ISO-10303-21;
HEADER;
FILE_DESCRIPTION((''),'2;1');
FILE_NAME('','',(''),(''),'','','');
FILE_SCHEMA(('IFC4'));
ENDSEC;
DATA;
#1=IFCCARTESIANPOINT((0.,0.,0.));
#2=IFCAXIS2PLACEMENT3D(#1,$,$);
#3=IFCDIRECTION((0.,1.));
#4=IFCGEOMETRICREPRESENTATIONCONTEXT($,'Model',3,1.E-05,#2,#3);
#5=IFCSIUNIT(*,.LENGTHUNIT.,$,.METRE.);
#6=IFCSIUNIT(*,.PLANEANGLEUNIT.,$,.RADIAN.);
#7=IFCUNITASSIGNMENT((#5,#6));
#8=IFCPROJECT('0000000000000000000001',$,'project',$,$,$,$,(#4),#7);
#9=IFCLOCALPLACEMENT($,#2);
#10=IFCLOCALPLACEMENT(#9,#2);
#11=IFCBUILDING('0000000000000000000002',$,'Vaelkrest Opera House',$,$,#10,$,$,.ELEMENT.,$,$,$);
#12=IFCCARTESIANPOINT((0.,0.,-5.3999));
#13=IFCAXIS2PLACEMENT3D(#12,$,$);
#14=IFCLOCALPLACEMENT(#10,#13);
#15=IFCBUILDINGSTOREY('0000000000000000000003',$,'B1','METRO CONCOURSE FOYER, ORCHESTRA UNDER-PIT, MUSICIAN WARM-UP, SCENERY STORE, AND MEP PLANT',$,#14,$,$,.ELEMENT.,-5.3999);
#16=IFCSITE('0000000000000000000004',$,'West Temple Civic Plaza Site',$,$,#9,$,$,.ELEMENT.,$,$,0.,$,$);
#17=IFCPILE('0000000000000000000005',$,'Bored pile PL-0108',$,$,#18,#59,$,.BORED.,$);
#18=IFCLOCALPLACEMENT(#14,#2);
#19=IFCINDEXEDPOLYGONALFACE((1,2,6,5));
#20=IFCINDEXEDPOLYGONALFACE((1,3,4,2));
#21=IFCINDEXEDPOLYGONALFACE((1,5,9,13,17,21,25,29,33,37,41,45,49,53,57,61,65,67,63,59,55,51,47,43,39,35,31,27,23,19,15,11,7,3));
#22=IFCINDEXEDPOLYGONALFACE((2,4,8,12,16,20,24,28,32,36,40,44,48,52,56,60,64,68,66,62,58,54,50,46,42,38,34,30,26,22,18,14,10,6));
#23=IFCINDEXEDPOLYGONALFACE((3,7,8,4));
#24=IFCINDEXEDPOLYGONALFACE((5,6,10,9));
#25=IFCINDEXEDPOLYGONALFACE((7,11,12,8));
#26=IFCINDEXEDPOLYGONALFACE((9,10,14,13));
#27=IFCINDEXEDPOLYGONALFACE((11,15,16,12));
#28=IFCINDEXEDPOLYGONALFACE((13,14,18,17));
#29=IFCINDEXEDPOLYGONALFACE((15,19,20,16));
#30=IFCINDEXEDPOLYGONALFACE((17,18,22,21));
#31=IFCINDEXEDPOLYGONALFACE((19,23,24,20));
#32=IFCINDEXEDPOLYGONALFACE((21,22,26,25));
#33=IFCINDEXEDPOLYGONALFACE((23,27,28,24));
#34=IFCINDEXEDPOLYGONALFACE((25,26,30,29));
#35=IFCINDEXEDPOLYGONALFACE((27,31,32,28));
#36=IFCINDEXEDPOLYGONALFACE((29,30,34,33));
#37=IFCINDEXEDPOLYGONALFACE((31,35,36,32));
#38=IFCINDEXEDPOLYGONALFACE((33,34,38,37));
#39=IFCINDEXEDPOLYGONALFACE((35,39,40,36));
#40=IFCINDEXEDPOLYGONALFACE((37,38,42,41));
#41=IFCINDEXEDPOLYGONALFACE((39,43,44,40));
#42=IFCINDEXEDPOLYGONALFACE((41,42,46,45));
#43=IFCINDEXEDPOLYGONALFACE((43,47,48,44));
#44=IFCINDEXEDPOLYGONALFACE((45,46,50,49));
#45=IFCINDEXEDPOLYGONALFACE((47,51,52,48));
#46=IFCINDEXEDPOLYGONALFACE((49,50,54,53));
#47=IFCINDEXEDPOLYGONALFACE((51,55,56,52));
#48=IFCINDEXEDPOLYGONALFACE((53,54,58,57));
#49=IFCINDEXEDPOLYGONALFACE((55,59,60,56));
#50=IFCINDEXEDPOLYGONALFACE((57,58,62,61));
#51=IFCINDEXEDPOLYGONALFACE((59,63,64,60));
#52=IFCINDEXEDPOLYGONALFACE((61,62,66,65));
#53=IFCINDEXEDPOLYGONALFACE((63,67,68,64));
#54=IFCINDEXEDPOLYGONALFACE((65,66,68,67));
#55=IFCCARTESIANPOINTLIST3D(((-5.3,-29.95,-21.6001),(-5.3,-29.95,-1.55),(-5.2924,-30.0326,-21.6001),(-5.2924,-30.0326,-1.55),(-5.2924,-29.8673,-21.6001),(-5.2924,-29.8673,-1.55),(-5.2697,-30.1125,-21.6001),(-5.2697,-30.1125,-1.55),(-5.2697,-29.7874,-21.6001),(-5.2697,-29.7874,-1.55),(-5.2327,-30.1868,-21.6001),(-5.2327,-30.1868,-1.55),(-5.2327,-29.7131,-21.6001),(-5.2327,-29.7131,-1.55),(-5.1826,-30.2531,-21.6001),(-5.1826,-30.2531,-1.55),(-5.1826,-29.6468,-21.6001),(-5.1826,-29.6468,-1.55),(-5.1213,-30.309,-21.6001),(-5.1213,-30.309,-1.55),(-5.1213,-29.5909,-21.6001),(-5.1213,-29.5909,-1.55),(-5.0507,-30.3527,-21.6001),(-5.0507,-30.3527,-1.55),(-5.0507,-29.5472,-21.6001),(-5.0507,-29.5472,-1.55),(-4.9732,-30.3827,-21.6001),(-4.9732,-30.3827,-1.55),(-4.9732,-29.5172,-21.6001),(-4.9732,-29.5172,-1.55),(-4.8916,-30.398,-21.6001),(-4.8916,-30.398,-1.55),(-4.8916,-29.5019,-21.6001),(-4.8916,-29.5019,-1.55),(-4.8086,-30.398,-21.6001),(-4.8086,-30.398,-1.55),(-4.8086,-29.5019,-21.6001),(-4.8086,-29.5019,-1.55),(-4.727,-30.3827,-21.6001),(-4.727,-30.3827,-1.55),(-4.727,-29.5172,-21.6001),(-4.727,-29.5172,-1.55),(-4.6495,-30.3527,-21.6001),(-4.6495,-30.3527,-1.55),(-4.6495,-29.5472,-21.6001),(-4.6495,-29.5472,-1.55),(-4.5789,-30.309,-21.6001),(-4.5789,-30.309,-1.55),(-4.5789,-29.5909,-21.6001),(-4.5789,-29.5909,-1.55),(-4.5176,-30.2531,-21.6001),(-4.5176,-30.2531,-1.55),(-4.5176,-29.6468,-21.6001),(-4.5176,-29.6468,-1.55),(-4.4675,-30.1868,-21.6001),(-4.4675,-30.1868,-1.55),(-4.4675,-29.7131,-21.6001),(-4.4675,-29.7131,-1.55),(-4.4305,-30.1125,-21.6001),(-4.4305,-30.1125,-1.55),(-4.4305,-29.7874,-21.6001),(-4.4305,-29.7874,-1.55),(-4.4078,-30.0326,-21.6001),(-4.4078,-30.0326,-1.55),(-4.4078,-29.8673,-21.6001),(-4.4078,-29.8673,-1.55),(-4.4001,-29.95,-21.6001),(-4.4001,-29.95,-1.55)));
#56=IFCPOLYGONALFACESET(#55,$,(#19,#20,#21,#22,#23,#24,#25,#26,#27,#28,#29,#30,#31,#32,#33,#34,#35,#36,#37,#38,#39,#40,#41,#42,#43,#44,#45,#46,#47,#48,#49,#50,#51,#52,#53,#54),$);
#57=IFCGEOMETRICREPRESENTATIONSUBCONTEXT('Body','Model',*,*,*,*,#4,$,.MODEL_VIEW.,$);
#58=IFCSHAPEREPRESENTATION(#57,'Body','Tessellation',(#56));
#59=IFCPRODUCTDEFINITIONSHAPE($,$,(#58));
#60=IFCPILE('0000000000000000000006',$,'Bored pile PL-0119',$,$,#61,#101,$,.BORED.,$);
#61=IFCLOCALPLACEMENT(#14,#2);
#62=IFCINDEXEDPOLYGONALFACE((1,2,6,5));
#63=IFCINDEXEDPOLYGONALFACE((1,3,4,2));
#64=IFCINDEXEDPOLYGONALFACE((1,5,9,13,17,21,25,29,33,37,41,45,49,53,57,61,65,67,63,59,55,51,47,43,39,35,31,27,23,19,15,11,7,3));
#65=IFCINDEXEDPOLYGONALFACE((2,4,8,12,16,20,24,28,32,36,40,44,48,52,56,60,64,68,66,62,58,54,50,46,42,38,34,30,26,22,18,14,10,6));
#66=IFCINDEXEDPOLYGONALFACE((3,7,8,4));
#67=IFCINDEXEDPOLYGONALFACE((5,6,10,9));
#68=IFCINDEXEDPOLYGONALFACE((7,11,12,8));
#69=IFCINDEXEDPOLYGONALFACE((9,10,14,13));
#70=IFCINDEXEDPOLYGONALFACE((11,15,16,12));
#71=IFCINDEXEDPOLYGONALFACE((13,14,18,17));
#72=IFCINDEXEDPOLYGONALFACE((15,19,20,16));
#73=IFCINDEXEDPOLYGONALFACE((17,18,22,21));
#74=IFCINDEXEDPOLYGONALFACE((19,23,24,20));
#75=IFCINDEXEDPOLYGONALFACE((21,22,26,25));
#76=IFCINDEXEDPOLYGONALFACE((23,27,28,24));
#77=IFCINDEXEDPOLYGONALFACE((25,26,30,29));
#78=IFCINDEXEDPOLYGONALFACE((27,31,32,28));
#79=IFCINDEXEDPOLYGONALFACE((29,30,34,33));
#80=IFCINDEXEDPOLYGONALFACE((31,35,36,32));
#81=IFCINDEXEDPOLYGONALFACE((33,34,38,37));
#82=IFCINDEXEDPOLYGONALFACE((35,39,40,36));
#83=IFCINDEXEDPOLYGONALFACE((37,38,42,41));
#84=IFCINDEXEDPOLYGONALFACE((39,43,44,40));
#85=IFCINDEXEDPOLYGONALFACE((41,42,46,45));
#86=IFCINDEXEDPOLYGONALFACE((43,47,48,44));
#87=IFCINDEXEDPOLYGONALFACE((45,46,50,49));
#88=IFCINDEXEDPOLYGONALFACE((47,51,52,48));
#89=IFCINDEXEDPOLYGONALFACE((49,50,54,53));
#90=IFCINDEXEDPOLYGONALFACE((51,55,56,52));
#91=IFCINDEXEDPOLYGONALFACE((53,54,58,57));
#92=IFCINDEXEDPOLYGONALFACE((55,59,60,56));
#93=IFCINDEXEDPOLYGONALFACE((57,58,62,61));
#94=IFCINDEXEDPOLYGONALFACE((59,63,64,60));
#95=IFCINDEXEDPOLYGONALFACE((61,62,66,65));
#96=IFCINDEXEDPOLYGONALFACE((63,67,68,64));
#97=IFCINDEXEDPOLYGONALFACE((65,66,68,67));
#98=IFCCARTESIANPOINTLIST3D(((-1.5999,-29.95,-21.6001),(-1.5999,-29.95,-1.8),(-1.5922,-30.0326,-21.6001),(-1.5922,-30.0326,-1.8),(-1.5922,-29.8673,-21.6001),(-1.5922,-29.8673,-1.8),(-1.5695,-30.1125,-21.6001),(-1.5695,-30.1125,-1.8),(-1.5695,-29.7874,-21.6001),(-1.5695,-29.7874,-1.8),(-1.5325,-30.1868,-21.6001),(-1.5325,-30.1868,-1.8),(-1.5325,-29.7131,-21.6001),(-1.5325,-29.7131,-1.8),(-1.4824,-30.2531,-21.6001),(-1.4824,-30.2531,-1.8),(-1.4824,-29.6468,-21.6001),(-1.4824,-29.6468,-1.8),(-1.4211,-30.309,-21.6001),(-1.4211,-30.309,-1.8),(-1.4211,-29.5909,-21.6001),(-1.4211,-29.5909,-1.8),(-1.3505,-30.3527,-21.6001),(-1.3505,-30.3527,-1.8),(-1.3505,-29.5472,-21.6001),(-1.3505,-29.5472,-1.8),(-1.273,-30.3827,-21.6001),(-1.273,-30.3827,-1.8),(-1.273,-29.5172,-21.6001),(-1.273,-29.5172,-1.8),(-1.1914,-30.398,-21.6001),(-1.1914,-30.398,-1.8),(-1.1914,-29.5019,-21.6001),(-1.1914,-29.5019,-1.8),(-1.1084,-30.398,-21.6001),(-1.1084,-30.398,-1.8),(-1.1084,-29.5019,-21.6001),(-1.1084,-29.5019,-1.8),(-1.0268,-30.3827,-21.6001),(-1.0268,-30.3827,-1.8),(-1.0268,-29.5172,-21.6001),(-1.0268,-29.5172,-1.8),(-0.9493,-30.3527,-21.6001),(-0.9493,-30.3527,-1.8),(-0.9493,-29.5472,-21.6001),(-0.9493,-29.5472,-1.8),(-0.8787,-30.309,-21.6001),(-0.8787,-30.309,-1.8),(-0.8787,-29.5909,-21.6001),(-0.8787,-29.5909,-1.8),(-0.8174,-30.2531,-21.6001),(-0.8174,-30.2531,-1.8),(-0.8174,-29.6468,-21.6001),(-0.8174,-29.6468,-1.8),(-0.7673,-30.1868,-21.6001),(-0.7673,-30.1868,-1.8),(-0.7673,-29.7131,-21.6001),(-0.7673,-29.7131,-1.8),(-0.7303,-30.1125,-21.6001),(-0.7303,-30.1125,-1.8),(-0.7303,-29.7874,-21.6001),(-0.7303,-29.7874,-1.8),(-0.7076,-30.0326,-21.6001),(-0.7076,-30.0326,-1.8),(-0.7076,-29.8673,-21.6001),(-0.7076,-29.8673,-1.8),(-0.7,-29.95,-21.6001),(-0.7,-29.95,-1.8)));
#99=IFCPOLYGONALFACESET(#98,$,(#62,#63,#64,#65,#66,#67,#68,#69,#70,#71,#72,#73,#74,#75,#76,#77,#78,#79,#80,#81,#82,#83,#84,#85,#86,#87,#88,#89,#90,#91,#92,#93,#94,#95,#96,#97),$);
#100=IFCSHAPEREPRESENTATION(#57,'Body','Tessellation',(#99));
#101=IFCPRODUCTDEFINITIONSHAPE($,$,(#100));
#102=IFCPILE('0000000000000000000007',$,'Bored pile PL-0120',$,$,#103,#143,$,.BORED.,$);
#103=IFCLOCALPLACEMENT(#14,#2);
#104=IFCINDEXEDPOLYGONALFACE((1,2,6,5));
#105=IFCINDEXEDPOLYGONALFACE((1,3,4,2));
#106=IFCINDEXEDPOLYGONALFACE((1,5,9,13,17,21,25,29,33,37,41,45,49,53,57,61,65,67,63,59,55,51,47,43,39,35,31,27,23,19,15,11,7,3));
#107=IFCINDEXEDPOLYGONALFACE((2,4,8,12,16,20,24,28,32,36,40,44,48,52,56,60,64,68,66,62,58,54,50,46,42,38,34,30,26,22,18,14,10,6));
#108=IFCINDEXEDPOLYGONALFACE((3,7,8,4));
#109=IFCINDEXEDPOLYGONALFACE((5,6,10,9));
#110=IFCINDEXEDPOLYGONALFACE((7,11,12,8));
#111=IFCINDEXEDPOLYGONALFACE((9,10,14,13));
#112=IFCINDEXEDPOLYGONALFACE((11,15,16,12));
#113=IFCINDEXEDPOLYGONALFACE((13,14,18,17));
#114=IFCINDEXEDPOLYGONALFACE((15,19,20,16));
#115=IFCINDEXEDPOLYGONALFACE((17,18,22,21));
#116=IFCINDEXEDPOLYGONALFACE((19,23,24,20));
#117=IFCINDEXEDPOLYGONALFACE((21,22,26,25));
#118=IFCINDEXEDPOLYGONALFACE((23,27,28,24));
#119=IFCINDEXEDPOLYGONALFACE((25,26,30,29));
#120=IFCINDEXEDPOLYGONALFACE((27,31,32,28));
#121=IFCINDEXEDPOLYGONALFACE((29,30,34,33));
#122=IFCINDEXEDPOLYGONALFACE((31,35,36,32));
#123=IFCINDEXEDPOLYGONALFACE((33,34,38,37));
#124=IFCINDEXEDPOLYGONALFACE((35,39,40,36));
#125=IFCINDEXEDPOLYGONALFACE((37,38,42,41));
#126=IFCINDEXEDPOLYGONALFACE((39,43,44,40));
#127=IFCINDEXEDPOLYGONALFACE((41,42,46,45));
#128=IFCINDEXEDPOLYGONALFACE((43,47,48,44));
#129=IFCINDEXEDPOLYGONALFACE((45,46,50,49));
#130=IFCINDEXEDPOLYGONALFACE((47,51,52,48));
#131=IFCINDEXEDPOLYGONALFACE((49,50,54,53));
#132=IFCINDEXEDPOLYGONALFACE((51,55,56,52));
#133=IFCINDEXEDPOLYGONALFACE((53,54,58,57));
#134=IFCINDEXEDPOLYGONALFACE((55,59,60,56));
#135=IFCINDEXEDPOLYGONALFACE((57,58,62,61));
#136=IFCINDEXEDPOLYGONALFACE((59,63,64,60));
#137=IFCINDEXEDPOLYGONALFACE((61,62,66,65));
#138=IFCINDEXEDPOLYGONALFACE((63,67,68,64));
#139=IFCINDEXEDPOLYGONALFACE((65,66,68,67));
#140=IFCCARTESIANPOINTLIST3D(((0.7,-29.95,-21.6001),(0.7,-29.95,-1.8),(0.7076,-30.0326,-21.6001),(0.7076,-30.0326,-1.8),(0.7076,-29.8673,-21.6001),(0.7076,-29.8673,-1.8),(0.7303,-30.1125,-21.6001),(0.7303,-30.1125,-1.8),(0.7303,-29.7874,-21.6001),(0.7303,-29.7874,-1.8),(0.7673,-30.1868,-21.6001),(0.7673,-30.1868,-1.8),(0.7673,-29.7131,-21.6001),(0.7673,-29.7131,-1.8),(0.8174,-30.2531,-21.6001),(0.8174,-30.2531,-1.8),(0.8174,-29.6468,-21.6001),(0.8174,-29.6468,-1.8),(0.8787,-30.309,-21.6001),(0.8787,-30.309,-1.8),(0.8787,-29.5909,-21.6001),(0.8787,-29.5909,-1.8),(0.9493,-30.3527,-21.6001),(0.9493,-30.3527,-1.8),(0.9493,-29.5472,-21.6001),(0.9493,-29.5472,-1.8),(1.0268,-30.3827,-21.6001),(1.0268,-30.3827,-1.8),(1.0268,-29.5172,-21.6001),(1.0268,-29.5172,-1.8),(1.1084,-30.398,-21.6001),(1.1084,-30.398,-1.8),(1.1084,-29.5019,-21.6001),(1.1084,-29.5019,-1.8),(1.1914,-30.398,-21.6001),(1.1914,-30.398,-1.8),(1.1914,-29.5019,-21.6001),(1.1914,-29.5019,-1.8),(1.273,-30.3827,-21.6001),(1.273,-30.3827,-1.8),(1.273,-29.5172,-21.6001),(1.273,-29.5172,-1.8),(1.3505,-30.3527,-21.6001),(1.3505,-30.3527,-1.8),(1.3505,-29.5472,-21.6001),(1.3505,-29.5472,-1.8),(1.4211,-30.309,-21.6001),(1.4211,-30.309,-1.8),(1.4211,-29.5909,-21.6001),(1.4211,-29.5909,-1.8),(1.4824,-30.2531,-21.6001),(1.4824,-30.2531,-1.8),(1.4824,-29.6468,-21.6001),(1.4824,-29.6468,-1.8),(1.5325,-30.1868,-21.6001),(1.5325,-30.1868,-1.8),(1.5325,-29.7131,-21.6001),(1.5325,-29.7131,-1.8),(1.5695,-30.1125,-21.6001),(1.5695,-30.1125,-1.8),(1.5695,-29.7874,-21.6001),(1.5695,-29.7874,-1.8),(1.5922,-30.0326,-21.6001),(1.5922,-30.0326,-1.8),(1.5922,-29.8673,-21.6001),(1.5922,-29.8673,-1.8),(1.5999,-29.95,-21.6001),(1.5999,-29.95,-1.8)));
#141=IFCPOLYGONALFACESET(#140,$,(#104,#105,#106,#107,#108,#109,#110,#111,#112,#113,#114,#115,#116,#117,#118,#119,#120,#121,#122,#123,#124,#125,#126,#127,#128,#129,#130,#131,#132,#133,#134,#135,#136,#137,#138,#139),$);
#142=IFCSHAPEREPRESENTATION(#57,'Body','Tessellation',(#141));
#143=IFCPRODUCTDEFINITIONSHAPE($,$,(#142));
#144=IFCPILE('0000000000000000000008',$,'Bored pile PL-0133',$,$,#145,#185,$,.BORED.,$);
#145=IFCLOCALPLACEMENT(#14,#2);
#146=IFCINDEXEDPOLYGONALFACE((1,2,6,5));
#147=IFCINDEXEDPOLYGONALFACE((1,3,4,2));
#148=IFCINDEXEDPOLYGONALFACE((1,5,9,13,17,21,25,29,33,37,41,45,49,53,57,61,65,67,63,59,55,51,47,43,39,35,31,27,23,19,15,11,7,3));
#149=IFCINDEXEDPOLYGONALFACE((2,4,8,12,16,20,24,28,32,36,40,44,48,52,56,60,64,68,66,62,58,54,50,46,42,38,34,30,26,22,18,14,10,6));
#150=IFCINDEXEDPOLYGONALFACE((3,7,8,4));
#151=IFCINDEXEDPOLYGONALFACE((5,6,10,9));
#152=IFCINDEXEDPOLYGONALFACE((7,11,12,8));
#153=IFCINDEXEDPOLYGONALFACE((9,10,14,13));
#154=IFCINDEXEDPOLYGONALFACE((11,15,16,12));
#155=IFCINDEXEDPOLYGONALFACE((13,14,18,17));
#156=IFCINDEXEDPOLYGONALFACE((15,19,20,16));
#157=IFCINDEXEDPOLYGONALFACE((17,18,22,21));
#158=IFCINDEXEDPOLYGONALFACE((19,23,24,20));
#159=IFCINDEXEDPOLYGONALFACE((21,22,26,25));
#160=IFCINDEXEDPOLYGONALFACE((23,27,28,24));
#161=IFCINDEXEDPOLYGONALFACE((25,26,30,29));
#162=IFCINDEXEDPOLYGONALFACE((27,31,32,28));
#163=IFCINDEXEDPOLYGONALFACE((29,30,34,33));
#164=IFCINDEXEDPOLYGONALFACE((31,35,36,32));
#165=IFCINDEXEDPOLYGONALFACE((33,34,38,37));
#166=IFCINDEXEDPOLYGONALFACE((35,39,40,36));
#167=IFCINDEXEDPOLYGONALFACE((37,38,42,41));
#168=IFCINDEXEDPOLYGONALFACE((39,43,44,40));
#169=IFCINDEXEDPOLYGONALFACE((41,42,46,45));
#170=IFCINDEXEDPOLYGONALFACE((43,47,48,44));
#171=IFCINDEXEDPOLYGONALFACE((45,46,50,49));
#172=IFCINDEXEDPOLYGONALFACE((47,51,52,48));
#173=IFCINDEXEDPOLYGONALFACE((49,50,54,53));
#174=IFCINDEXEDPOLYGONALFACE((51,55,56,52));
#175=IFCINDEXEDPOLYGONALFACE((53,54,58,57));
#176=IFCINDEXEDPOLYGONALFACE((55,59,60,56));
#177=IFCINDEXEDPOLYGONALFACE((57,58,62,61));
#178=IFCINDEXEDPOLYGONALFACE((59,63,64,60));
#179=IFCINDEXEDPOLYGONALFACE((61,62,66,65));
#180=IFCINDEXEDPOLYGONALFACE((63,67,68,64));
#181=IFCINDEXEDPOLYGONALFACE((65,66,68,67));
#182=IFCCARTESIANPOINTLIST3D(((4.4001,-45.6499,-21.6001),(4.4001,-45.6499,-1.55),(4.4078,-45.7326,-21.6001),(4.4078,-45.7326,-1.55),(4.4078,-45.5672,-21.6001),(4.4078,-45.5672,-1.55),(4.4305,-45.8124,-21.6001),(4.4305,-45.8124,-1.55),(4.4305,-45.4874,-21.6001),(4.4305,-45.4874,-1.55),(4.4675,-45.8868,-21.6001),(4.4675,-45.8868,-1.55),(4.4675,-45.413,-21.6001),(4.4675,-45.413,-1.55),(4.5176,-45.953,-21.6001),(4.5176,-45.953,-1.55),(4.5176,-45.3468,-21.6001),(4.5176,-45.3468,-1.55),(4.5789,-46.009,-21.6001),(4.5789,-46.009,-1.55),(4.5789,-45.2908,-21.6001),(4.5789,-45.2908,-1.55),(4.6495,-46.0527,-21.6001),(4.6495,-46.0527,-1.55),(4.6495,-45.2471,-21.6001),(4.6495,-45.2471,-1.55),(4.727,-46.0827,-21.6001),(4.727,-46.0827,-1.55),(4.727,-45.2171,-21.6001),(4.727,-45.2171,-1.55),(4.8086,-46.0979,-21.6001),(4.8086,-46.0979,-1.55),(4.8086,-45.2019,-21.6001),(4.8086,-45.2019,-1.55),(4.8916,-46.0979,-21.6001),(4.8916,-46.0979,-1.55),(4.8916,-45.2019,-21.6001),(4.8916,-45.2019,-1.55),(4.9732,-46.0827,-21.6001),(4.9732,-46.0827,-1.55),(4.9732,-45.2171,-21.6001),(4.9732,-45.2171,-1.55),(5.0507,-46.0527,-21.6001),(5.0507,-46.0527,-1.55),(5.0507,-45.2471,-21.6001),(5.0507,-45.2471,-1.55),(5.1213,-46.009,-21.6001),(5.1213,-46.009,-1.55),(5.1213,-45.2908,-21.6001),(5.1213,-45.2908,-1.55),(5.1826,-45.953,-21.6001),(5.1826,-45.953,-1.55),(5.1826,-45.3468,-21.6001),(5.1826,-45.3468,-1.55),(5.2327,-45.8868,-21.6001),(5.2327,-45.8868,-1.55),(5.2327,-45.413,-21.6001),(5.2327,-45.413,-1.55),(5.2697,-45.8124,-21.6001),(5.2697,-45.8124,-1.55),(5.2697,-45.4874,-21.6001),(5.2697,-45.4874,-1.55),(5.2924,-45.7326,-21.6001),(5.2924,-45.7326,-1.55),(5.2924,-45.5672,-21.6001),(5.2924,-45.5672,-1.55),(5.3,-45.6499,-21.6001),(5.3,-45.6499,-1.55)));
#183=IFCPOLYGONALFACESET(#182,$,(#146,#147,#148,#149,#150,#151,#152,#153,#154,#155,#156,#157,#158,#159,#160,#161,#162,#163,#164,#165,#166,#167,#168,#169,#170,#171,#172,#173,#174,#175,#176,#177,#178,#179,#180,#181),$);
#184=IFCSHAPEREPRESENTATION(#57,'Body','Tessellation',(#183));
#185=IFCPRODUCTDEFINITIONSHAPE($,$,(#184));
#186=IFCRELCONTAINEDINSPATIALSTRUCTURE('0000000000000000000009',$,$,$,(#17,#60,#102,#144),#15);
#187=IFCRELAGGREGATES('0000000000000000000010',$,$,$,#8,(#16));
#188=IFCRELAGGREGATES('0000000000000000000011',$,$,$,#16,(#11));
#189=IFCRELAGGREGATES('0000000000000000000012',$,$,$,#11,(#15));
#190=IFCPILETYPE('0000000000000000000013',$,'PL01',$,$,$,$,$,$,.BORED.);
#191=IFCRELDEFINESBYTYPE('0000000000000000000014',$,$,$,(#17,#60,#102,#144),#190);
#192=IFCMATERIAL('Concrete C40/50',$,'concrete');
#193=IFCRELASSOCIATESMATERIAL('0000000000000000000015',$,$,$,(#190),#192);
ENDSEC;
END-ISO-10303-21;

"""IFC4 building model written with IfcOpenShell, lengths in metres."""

from ifc_helpers import new_model, si_unit, direction, frame, origin, origin_2d, place, context, subcontext, project, spatial, circle, extrude, material, material_profile, profile_set, type_object, element, save


model = new_model("IFC4")

# Units and contexts
model_context = context("Model", 3, precision=1e-05, world=origin(), true_north=direction((0.0, 1.0)))
body_context = subcontext(model_context, "Body", "Model", "MODEL_VIEW")
ifc_project = project(units=[si_unit("LENGTHUNIT", "METRE"), si_unit("PLANEANGLEUNIT", "RADIAN")], contexts=[model_context])

# Site, building, storey
site_placement = place(None, origin())
site = spatial("IfcSite", under=ifc_project, at=site_placement, Name="West Temple Civic Plaza Site", CompositionType="ELEMENT", RefElevation=0.0)
building_placement = place(site_placement, origin())
building = spatial("IfcBuilding", under=site, at=building_placement, Name="Vaelkrest Opera House", CompositionType="ELEMENT")
storey_placement = place(building_placement, frame((0.0, 0.0, -5.3999)))
storey = spatial("IfcBuildingStorey", under=building, at=storey_placement, Name="B1", Description="METRO CONCOURSE FOYER, ORCHESTRA UNDER-PIT, MUSICIAN WARM-UP, SCENERY STORE, AND MEP PLANT", CompositionType="ELEMENT", Elevation=-5.3999)

# Shared definitions
ifc_material_1 = material(Name="Concrete C40/50", Category="concrete")

# Piles
ifc_material_profile_1 = material_profile(ifc_material_1, circle(Radius=0.45, at=origin_2d()), Name="PILE900")
ifc_profile_set_1 = profile_set([ifc_material_profile_1], Name="Concrete C40/50")
pile_type = type_object("IfcPileType", Name="PL01", PredefinedType="BORED", material=ifc_profile_set_1)
for number, where, z_axis, x_axis, name in (
    (1, (-4.8501, -29.95, -1.55), (0.0, 0.0, -1.0), (1.0, 0.0, 0.0), "Bored pile PL-0108"),
):
    element("IfcPile", number, at=place(storey_placement, frame(where, z_axis=z_axis, x_axis=x_axis)), inside=storey, type_object=pile_type, Name=name, PredefinedType="BORED", context=body_context, shape_type="SweptSolid", body=[
        extrude(circle(Radius=0.45, at=origin_2d()), origin(), (0.0, 0.0, 1.0), 20.05),
    ])
for number, where, z_axis, x_axis, name in (
    (2, (-1.1499, -29.95, -1.8), (0.0, 0.0, -1.0), (1.0, 0.0, 0.0), "Bored pile PL-0119"),
    (3, (1.1499, -29.95, -1.8), (0.0, 0.0, -1.0), (1.0, 0.0, 0.0), "Bored pile PL-0120"),
):
    element("IfcPile", number, at=place(storey_placement, frame(where, z_axis=z_axis, x_axis=x_axis)), inside=storey, type_object=pile_type, Name=name, PredefinedType="BORED", context=body_context, shape_type="SweptSolid", body=[
        extrude(circle(Radius=0.45, at=origin_2d()), origin(), (0.0, 0.0, 1.0), 19.8),
    ])
pile_1_placement = place(storey_placement, frame((4.8501, -45.6499, -1.55), z_axis=(0.0, 0.0, -1.0), x_axis=(1.0, 0.0, 0.0)))
element("IfcPile", 4, at=pile_1_placement, inside=storey, type_object=pile_type, Name="Bored pile PL-0133", PredefinedType="BORED", context=body_context, shape_type="SweptSolid", body=[
    extrude(circle(Radius=0.45, at=origin_2d()), origin(), (0.0, 0.0, 1.0), 20.05),
])

save(model, "model.ifc")
